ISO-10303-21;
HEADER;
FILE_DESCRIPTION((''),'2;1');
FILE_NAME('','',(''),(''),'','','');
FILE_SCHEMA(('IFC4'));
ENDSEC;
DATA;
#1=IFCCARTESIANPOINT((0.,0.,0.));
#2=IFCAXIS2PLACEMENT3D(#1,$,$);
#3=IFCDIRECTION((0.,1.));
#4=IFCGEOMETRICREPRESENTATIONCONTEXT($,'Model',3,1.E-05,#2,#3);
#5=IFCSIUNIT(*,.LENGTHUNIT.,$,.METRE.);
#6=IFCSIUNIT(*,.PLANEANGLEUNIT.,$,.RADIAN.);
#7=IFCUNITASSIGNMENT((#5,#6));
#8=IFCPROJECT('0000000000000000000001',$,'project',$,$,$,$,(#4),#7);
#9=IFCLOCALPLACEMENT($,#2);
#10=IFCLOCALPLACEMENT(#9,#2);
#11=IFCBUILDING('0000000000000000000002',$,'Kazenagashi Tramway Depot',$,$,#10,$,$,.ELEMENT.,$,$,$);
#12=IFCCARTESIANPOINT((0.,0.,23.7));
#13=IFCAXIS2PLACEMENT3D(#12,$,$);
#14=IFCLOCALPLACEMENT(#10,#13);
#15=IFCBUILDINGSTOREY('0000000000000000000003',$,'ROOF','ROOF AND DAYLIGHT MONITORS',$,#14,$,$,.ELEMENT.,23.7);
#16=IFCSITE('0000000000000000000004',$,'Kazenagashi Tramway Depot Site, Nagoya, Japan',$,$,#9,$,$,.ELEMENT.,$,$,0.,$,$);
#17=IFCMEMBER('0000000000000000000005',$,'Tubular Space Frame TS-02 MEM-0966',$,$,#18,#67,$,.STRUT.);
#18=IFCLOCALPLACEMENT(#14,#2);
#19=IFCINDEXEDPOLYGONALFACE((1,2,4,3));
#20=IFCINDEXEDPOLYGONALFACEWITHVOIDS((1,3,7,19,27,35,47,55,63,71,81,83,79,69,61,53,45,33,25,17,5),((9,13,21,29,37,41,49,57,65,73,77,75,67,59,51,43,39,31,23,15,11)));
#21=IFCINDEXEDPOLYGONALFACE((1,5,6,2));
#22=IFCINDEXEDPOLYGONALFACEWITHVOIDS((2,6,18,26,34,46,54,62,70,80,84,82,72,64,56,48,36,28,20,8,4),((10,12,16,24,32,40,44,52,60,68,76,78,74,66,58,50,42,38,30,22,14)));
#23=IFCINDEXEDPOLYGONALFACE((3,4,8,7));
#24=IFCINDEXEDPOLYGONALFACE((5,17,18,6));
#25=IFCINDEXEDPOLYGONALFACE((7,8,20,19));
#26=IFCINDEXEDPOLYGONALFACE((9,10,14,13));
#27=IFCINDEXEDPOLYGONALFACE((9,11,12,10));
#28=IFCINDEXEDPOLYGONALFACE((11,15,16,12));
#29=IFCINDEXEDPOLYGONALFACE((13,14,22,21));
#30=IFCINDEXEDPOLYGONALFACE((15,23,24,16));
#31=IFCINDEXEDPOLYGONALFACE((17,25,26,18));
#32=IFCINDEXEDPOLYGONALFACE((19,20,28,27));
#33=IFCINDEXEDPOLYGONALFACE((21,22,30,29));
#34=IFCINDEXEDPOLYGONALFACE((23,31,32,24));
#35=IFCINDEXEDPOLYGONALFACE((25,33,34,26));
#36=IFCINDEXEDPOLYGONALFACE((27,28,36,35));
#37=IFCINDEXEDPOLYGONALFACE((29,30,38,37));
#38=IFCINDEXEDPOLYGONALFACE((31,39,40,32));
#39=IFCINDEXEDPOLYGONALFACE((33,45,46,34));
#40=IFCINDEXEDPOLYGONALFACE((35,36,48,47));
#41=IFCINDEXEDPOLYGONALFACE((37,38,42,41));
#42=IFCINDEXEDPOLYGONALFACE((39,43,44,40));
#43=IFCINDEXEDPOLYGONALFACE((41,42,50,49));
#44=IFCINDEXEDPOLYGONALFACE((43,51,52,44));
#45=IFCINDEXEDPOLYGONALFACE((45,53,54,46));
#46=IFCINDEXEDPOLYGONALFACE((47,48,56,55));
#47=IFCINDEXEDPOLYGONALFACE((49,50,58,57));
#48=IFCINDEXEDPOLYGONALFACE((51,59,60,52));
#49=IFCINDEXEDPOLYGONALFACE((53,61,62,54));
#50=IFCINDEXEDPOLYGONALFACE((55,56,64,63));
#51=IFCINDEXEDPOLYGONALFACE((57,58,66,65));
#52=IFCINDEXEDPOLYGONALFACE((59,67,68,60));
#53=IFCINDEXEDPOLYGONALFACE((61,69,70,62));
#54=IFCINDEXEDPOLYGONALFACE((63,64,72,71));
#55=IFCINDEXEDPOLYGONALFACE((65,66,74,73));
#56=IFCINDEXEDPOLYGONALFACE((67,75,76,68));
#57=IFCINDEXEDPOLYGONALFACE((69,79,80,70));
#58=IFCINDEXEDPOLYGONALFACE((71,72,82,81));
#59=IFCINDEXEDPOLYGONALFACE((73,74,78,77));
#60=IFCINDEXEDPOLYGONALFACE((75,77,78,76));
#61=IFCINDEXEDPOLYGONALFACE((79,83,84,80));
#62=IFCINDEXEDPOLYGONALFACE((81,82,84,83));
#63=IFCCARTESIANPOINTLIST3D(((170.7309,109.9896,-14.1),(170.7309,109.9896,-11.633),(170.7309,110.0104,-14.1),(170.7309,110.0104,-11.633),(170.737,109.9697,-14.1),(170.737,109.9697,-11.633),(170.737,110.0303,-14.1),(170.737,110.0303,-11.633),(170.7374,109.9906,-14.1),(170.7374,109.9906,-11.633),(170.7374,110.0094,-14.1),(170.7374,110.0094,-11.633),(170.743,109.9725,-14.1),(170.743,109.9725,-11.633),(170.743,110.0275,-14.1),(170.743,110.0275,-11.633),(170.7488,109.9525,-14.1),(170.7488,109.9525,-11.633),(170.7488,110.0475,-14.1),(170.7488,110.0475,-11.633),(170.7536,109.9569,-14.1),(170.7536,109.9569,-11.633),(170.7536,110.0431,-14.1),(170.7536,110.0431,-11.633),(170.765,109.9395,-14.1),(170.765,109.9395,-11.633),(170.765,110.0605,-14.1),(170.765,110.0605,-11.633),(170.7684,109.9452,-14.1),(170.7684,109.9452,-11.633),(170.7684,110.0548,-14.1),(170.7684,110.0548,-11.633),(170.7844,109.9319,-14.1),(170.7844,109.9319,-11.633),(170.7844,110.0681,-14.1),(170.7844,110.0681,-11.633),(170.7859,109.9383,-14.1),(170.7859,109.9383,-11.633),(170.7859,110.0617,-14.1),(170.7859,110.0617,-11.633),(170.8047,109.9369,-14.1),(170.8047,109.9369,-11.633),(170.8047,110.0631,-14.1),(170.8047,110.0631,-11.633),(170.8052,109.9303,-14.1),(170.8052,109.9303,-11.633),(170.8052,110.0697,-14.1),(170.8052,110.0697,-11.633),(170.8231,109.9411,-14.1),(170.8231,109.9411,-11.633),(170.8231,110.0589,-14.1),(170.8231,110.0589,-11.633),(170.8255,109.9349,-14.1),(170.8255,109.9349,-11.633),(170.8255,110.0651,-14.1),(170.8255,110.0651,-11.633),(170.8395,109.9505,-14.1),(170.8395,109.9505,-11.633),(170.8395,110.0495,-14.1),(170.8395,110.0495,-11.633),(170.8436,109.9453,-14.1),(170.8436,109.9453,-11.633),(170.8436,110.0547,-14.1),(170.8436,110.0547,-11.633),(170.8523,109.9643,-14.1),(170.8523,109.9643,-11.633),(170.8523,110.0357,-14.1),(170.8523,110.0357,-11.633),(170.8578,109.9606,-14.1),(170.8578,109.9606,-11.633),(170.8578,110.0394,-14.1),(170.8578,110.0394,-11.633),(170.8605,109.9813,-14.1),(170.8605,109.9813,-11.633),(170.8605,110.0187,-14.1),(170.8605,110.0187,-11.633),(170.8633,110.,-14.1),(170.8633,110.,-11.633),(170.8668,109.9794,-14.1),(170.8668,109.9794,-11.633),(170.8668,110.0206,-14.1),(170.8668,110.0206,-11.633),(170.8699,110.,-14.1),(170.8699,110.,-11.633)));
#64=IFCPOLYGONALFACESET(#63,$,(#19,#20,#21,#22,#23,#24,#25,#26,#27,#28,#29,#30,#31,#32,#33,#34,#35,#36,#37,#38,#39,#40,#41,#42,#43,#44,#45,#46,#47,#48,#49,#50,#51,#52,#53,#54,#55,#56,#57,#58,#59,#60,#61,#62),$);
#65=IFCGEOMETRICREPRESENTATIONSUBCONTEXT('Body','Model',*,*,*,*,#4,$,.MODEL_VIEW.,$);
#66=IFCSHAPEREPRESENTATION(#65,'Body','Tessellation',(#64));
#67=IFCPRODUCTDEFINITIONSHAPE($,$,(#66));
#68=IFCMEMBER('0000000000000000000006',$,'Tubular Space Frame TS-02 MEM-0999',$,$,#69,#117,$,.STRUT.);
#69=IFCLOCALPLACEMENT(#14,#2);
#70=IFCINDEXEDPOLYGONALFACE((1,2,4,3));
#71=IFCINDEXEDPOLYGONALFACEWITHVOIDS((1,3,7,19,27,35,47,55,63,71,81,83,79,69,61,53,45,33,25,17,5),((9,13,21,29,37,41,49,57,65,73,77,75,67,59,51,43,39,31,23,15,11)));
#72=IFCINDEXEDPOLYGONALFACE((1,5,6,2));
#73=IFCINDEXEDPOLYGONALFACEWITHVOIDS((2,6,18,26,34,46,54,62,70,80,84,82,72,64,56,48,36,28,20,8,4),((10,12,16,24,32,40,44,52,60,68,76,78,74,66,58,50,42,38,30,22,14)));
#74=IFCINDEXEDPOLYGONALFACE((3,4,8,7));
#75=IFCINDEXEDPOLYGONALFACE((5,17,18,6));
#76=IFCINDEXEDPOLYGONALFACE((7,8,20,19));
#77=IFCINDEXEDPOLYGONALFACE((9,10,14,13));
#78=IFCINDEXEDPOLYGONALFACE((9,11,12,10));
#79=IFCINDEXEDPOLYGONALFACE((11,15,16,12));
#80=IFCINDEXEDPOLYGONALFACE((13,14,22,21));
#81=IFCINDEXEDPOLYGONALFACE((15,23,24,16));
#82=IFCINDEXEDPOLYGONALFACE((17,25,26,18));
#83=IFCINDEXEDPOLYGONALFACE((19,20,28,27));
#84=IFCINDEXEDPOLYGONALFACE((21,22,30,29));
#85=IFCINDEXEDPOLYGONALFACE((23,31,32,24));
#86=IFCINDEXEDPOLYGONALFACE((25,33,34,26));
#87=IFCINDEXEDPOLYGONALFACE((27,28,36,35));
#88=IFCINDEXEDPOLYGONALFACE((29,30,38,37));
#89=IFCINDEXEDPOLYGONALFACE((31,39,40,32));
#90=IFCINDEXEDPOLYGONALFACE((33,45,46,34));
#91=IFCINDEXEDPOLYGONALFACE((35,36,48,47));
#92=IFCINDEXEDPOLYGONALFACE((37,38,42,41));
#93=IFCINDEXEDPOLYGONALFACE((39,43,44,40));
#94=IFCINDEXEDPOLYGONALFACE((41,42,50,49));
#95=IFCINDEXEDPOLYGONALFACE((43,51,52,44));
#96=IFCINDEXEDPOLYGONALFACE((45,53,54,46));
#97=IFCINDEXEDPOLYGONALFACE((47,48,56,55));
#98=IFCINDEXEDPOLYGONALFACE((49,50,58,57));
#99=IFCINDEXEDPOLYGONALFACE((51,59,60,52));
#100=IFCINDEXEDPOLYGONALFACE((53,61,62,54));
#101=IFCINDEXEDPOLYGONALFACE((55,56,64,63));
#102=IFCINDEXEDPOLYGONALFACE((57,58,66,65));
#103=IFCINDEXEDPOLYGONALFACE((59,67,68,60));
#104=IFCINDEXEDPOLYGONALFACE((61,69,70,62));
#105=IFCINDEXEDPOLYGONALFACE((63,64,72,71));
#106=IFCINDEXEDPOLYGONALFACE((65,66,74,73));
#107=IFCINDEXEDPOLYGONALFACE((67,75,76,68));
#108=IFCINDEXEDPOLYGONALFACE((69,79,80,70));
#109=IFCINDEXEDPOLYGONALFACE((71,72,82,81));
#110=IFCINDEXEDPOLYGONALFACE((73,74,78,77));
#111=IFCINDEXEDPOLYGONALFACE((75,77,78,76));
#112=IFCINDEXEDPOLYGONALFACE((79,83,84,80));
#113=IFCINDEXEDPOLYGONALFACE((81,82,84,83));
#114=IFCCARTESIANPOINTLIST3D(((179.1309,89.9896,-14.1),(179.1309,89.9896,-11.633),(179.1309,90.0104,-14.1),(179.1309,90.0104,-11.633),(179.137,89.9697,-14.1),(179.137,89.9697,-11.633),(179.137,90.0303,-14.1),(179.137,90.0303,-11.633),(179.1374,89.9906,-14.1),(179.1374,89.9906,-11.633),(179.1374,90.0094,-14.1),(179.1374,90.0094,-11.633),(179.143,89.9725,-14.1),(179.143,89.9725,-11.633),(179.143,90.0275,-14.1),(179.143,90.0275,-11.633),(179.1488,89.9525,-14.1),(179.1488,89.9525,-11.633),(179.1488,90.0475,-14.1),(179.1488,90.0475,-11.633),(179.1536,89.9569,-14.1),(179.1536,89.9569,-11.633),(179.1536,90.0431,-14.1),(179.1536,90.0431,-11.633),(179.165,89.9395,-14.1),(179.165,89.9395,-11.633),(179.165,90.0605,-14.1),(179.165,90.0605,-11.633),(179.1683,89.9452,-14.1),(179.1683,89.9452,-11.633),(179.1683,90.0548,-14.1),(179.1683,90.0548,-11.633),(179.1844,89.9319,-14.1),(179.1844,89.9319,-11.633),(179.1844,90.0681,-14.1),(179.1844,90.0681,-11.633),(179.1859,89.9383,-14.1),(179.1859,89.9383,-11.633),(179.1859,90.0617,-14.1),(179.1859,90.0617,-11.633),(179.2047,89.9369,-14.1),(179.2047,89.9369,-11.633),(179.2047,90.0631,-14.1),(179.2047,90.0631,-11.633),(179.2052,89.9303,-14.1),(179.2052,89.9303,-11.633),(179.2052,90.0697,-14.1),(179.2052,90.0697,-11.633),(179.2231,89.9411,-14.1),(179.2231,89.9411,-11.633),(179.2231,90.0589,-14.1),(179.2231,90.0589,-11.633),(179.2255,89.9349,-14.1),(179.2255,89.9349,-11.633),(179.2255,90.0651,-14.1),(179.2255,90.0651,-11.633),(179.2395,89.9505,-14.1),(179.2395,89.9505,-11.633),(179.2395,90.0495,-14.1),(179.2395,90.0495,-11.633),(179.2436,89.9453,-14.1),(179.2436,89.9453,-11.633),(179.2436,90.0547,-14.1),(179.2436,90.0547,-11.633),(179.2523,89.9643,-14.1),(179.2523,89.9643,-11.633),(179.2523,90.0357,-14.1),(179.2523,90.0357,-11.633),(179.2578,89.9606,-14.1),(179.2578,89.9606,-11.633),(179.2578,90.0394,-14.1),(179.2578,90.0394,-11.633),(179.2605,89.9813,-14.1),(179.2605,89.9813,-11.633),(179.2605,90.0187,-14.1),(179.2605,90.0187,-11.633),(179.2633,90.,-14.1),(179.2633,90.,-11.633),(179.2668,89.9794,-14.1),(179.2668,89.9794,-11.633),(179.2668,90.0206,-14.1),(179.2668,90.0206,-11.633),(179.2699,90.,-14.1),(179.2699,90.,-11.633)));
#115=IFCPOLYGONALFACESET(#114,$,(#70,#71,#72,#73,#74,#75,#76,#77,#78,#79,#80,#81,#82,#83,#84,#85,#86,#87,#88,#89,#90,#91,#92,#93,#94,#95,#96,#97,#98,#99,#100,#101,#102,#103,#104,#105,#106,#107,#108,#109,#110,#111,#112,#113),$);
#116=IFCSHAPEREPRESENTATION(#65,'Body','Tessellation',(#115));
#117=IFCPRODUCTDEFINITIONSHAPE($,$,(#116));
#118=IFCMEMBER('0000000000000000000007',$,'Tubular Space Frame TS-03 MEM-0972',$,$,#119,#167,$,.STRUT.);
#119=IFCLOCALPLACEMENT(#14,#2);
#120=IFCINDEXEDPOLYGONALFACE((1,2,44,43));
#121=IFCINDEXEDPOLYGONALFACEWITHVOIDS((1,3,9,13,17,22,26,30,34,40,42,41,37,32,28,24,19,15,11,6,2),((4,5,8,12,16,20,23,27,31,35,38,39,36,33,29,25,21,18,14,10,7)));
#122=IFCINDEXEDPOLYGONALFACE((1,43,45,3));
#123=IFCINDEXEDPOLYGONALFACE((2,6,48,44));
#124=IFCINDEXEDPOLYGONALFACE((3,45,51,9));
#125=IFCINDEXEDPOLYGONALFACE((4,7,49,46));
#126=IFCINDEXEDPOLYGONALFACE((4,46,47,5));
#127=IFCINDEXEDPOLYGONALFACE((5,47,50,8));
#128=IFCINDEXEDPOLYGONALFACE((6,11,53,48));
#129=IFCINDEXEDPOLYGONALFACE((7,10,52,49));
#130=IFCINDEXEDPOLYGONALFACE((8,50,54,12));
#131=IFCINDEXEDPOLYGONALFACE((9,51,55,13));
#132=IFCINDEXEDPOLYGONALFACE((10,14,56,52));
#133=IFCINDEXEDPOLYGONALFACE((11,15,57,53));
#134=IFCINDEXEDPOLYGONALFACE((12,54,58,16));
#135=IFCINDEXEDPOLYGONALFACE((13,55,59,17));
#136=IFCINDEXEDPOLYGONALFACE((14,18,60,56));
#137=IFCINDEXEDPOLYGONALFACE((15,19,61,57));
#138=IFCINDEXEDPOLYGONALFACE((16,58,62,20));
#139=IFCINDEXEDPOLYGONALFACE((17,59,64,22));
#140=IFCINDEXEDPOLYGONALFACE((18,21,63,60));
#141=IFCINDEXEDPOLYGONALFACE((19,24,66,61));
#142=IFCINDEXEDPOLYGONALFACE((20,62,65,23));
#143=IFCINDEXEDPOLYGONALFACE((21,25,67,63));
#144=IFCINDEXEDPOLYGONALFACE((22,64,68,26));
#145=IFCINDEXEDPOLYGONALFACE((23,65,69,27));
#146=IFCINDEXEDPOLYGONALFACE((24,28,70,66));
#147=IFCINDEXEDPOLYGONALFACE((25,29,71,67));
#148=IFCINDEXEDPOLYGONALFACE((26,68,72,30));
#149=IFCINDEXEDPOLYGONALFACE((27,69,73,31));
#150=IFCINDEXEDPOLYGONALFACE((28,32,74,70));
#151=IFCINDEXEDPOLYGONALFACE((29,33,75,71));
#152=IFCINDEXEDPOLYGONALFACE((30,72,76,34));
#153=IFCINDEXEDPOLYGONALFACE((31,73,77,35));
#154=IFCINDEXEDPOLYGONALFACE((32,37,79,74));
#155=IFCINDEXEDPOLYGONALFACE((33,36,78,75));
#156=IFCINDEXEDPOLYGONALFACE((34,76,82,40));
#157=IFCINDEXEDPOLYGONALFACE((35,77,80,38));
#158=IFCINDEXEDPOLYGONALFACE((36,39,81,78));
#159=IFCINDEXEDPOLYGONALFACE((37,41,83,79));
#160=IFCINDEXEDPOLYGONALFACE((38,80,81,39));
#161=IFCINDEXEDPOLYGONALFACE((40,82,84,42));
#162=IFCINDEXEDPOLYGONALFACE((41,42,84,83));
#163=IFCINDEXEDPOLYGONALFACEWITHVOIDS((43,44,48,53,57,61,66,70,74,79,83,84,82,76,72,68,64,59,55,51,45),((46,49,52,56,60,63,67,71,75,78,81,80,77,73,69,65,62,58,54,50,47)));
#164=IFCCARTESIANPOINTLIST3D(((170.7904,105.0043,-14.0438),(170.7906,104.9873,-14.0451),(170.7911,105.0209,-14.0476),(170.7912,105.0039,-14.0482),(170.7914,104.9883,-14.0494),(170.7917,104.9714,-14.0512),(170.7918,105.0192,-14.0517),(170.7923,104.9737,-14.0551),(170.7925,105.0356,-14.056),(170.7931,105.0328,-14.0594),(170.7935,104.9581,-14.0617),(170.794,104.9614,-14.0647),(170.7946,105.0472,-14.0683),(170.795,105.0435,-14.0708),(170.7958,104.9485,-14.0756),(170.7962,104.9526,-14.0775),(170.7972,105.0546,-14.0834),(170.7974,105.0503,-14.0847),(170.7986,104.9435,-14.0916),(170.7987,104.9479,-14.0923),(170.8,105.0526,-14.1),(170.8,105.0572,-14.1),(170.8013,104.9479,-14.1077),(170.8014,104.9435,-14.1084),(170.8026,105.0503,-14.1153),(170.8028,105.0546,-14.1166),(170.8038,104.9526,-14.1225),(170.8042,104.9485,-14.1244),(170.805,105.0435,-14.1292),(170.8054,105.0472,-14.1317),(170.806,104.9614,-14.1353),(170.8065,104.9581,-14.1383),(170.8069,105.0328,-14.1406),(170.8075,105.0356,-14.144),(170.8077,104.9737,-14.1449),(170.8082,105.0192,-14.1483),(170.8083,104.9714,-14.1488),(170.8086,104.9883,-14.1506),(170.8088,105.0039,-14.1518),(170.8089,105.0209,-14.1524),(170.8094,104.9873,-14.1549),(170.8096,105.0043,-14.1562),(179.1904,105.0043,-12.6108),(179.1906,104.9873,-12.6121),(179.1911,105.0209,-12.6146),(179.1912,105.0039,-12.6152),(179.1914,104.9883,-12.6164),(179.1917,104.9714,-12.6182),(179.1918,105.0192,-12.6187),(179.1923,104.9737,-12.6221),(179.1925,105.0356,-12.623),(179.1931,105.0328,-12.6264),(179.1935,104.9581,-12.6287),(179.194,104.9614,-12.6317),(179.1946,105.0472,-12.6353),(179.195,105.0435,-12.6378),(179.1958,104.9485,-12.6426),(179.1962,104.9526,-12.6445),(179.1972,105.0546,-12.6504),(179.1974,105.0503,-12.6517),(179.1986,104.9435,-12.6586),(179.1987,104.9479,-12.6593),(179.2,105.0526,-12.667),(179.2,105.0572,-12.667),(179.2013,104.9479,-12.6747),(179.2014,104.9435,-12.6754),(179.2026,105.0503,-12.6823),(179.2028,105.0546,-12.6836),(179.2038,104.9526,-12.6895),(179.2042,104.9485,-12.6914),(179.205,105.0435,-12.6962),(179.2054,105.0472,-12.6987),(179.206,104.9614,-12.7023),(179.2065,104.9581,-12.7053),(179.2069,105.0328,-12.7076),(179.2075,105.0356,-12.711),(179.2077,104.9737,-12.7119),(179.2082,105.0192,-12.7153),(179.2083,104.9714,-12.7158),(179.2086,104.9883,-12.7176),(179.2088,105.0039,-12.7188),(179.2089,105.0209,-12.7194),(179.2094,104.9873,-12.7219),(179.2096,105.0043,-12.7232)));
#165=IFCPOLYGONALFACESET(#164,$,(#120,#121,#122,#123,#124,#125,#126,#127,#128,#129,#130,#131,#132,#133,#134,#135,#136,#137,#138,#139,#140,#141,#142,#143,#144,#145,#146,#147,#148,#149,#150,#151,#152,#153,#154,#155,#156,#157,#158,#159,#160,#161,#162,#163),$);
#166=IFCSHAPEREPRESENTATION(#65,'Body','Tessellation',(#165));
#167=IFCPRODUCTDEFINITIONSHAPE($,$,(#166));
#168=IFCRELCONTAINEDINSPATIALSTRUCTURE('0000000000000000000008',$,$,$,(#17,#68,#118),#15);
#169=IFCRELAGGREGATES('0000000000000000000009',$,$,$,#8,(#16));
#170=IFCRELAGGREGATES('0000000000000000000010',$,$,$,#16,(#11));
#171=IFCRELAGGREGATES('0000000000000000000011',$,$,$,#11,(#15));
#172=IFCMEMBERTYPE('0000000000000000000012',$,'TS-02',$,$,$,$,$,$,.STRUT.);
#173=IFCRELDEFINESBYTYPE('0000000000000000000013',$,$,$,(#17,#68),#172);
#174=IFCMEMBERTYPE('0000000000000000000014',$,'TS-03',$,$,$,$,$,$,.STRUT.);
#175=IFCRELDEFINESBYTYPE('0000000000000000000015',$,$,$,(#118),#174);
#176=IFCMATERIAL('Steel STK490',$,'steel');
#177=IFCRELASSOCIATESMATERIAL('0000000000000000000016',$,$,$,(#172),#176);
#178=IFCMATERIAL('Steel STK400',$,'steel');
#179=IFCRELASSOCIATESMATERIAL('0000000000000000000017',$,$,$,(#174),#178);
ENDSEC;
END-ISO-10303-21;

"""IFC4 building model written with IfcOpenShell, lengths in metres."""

from ifc_helpers import new_model, si_unit, direction, frame, origin, origin_2d, place, context, subcontext, project, spatial, hollow_circle, extrude, material, material_profile, profile_set, type_object, element, save


model = new_model("IFC4")

# Units and contexts
model_context = context("Model", 3, precision=1e-05, world=origin(), true_north=direction((0.0, 1.0)))
body_context = subcontext(model_context, "Body", "Model", "MODEL_VIEW")
ifc_project = project(units=[si_unit("LENGTHUNIT", "METRE"), si_unit("PLANEANGLEUNIT", "RADIAN")], contexts=[model_context])

# Site, building, storey
site_placement = place(None, origin())
site = spatial("IfcSite", under=ifc_project, at=site_placement, Name="Kazenagashi Tramway Depot Site, Nagoya, Japan", CompositionType="ELEMENT", RefElevation=0.0)
building_placement = place(site_placement, origin())
building = spatial("IfcBuilding", under=site, at=building_placement, Name="Kazenagashi Tramway Depot", CompositionType="ELEMENT")
storey_placement = place(building_placement, frame((0.0, 0.0, 23.7)))
storey = spatial("IfcBuildingStorey", under=building, at=storey_placement, Name="ROOF", Description="ROOF AND DAYLIGHT MONITORS", CompositionType="ELEMENT", Elevation=23.7)

# Members
ifc_material_1 = material(Name="Steel STK490", Category="steel")
ifc_material_profile_1 = material_profile(ifc_material_1, hollow_circle(Radius=0.0699, WallThickness=0.0066, at=origin_2d()), Name="CHS-139.8x6.6")
ifc_profile_set_1 = profile_set([ifc_material_profile_1], Name="Steel STK490")
member_type_1 = type_object("IfcMemberType", Name="TS-02", PredefinedType="STRUT", material=ifc_profile_set_1)
for number, where, z_axis, x_axis, name in (
    (1, (170.8, 110.0, -14.1), (0.0, 0.0, 1.0), (1.0, 0.0, 0.0), "Tubular Space Frame TS-02 MEM-0966"),
    (2, (179.2, 90.0, -14.1), (0.0, 0.0, 1.0), (1.0, 0.0, 0.0), "Tubular Space Frame TS-02 MEM-0999"),
):
    element("IfcMember", number, at=place(storey_placement, frame(where, z_axis=z_axis, x_axis=x_axis)), inside=storey, type_object=member_type_1, Name=name, PredefinedType="STRUT", context=body_context, shape_type="SweptSolid", body=[
        extrude(hollow_circle(Radius=0.0699, WallThickness=0.0066, at=origin_2d()), origin(), (0.0, 0.0, 1.0), 2.467),
    ])
ifc_material_2 = material(Name="Steel STK400", Category="steel")
ifc_material_profile_2 = material_profile(ifc_material_2, hollow_circle(Radius=0.0571, WallThickness=0.0045, at=origin_2d()), Name="CHS-114.3x4.5")
ifc_profile_set_2 = profile_set([ifc_material_profile_2], Name="Steel STK400")
member_type_2 = type_object("IfcMemberType", Name="TS-03", PredefinedType="STRUT", material=ifc_profile_set_2)
member_1_placement = place(storey_placement, frame((170.8, 105.0, -14.1), z_axis=(0.985759, 0.0, 0.168166), x_axis=(0.0, 1.0, 0.0)))
element("IfcMember", 3, at=member_1_placement, inside=storey, type_object=member_type_2, Name="Tubular Space Frame TS-03 MEM-0972", PredefinedType="STRUT", context=body_context, shape_type="SweptSolid", body=[
    extrude(hollow_circle(Radius=0.0571, WallThickness=0.0045, at=origin_2d()), origin(), (0.0, 0.0, 1.0), 8.5214),
])

save(model, "model.ifc")
